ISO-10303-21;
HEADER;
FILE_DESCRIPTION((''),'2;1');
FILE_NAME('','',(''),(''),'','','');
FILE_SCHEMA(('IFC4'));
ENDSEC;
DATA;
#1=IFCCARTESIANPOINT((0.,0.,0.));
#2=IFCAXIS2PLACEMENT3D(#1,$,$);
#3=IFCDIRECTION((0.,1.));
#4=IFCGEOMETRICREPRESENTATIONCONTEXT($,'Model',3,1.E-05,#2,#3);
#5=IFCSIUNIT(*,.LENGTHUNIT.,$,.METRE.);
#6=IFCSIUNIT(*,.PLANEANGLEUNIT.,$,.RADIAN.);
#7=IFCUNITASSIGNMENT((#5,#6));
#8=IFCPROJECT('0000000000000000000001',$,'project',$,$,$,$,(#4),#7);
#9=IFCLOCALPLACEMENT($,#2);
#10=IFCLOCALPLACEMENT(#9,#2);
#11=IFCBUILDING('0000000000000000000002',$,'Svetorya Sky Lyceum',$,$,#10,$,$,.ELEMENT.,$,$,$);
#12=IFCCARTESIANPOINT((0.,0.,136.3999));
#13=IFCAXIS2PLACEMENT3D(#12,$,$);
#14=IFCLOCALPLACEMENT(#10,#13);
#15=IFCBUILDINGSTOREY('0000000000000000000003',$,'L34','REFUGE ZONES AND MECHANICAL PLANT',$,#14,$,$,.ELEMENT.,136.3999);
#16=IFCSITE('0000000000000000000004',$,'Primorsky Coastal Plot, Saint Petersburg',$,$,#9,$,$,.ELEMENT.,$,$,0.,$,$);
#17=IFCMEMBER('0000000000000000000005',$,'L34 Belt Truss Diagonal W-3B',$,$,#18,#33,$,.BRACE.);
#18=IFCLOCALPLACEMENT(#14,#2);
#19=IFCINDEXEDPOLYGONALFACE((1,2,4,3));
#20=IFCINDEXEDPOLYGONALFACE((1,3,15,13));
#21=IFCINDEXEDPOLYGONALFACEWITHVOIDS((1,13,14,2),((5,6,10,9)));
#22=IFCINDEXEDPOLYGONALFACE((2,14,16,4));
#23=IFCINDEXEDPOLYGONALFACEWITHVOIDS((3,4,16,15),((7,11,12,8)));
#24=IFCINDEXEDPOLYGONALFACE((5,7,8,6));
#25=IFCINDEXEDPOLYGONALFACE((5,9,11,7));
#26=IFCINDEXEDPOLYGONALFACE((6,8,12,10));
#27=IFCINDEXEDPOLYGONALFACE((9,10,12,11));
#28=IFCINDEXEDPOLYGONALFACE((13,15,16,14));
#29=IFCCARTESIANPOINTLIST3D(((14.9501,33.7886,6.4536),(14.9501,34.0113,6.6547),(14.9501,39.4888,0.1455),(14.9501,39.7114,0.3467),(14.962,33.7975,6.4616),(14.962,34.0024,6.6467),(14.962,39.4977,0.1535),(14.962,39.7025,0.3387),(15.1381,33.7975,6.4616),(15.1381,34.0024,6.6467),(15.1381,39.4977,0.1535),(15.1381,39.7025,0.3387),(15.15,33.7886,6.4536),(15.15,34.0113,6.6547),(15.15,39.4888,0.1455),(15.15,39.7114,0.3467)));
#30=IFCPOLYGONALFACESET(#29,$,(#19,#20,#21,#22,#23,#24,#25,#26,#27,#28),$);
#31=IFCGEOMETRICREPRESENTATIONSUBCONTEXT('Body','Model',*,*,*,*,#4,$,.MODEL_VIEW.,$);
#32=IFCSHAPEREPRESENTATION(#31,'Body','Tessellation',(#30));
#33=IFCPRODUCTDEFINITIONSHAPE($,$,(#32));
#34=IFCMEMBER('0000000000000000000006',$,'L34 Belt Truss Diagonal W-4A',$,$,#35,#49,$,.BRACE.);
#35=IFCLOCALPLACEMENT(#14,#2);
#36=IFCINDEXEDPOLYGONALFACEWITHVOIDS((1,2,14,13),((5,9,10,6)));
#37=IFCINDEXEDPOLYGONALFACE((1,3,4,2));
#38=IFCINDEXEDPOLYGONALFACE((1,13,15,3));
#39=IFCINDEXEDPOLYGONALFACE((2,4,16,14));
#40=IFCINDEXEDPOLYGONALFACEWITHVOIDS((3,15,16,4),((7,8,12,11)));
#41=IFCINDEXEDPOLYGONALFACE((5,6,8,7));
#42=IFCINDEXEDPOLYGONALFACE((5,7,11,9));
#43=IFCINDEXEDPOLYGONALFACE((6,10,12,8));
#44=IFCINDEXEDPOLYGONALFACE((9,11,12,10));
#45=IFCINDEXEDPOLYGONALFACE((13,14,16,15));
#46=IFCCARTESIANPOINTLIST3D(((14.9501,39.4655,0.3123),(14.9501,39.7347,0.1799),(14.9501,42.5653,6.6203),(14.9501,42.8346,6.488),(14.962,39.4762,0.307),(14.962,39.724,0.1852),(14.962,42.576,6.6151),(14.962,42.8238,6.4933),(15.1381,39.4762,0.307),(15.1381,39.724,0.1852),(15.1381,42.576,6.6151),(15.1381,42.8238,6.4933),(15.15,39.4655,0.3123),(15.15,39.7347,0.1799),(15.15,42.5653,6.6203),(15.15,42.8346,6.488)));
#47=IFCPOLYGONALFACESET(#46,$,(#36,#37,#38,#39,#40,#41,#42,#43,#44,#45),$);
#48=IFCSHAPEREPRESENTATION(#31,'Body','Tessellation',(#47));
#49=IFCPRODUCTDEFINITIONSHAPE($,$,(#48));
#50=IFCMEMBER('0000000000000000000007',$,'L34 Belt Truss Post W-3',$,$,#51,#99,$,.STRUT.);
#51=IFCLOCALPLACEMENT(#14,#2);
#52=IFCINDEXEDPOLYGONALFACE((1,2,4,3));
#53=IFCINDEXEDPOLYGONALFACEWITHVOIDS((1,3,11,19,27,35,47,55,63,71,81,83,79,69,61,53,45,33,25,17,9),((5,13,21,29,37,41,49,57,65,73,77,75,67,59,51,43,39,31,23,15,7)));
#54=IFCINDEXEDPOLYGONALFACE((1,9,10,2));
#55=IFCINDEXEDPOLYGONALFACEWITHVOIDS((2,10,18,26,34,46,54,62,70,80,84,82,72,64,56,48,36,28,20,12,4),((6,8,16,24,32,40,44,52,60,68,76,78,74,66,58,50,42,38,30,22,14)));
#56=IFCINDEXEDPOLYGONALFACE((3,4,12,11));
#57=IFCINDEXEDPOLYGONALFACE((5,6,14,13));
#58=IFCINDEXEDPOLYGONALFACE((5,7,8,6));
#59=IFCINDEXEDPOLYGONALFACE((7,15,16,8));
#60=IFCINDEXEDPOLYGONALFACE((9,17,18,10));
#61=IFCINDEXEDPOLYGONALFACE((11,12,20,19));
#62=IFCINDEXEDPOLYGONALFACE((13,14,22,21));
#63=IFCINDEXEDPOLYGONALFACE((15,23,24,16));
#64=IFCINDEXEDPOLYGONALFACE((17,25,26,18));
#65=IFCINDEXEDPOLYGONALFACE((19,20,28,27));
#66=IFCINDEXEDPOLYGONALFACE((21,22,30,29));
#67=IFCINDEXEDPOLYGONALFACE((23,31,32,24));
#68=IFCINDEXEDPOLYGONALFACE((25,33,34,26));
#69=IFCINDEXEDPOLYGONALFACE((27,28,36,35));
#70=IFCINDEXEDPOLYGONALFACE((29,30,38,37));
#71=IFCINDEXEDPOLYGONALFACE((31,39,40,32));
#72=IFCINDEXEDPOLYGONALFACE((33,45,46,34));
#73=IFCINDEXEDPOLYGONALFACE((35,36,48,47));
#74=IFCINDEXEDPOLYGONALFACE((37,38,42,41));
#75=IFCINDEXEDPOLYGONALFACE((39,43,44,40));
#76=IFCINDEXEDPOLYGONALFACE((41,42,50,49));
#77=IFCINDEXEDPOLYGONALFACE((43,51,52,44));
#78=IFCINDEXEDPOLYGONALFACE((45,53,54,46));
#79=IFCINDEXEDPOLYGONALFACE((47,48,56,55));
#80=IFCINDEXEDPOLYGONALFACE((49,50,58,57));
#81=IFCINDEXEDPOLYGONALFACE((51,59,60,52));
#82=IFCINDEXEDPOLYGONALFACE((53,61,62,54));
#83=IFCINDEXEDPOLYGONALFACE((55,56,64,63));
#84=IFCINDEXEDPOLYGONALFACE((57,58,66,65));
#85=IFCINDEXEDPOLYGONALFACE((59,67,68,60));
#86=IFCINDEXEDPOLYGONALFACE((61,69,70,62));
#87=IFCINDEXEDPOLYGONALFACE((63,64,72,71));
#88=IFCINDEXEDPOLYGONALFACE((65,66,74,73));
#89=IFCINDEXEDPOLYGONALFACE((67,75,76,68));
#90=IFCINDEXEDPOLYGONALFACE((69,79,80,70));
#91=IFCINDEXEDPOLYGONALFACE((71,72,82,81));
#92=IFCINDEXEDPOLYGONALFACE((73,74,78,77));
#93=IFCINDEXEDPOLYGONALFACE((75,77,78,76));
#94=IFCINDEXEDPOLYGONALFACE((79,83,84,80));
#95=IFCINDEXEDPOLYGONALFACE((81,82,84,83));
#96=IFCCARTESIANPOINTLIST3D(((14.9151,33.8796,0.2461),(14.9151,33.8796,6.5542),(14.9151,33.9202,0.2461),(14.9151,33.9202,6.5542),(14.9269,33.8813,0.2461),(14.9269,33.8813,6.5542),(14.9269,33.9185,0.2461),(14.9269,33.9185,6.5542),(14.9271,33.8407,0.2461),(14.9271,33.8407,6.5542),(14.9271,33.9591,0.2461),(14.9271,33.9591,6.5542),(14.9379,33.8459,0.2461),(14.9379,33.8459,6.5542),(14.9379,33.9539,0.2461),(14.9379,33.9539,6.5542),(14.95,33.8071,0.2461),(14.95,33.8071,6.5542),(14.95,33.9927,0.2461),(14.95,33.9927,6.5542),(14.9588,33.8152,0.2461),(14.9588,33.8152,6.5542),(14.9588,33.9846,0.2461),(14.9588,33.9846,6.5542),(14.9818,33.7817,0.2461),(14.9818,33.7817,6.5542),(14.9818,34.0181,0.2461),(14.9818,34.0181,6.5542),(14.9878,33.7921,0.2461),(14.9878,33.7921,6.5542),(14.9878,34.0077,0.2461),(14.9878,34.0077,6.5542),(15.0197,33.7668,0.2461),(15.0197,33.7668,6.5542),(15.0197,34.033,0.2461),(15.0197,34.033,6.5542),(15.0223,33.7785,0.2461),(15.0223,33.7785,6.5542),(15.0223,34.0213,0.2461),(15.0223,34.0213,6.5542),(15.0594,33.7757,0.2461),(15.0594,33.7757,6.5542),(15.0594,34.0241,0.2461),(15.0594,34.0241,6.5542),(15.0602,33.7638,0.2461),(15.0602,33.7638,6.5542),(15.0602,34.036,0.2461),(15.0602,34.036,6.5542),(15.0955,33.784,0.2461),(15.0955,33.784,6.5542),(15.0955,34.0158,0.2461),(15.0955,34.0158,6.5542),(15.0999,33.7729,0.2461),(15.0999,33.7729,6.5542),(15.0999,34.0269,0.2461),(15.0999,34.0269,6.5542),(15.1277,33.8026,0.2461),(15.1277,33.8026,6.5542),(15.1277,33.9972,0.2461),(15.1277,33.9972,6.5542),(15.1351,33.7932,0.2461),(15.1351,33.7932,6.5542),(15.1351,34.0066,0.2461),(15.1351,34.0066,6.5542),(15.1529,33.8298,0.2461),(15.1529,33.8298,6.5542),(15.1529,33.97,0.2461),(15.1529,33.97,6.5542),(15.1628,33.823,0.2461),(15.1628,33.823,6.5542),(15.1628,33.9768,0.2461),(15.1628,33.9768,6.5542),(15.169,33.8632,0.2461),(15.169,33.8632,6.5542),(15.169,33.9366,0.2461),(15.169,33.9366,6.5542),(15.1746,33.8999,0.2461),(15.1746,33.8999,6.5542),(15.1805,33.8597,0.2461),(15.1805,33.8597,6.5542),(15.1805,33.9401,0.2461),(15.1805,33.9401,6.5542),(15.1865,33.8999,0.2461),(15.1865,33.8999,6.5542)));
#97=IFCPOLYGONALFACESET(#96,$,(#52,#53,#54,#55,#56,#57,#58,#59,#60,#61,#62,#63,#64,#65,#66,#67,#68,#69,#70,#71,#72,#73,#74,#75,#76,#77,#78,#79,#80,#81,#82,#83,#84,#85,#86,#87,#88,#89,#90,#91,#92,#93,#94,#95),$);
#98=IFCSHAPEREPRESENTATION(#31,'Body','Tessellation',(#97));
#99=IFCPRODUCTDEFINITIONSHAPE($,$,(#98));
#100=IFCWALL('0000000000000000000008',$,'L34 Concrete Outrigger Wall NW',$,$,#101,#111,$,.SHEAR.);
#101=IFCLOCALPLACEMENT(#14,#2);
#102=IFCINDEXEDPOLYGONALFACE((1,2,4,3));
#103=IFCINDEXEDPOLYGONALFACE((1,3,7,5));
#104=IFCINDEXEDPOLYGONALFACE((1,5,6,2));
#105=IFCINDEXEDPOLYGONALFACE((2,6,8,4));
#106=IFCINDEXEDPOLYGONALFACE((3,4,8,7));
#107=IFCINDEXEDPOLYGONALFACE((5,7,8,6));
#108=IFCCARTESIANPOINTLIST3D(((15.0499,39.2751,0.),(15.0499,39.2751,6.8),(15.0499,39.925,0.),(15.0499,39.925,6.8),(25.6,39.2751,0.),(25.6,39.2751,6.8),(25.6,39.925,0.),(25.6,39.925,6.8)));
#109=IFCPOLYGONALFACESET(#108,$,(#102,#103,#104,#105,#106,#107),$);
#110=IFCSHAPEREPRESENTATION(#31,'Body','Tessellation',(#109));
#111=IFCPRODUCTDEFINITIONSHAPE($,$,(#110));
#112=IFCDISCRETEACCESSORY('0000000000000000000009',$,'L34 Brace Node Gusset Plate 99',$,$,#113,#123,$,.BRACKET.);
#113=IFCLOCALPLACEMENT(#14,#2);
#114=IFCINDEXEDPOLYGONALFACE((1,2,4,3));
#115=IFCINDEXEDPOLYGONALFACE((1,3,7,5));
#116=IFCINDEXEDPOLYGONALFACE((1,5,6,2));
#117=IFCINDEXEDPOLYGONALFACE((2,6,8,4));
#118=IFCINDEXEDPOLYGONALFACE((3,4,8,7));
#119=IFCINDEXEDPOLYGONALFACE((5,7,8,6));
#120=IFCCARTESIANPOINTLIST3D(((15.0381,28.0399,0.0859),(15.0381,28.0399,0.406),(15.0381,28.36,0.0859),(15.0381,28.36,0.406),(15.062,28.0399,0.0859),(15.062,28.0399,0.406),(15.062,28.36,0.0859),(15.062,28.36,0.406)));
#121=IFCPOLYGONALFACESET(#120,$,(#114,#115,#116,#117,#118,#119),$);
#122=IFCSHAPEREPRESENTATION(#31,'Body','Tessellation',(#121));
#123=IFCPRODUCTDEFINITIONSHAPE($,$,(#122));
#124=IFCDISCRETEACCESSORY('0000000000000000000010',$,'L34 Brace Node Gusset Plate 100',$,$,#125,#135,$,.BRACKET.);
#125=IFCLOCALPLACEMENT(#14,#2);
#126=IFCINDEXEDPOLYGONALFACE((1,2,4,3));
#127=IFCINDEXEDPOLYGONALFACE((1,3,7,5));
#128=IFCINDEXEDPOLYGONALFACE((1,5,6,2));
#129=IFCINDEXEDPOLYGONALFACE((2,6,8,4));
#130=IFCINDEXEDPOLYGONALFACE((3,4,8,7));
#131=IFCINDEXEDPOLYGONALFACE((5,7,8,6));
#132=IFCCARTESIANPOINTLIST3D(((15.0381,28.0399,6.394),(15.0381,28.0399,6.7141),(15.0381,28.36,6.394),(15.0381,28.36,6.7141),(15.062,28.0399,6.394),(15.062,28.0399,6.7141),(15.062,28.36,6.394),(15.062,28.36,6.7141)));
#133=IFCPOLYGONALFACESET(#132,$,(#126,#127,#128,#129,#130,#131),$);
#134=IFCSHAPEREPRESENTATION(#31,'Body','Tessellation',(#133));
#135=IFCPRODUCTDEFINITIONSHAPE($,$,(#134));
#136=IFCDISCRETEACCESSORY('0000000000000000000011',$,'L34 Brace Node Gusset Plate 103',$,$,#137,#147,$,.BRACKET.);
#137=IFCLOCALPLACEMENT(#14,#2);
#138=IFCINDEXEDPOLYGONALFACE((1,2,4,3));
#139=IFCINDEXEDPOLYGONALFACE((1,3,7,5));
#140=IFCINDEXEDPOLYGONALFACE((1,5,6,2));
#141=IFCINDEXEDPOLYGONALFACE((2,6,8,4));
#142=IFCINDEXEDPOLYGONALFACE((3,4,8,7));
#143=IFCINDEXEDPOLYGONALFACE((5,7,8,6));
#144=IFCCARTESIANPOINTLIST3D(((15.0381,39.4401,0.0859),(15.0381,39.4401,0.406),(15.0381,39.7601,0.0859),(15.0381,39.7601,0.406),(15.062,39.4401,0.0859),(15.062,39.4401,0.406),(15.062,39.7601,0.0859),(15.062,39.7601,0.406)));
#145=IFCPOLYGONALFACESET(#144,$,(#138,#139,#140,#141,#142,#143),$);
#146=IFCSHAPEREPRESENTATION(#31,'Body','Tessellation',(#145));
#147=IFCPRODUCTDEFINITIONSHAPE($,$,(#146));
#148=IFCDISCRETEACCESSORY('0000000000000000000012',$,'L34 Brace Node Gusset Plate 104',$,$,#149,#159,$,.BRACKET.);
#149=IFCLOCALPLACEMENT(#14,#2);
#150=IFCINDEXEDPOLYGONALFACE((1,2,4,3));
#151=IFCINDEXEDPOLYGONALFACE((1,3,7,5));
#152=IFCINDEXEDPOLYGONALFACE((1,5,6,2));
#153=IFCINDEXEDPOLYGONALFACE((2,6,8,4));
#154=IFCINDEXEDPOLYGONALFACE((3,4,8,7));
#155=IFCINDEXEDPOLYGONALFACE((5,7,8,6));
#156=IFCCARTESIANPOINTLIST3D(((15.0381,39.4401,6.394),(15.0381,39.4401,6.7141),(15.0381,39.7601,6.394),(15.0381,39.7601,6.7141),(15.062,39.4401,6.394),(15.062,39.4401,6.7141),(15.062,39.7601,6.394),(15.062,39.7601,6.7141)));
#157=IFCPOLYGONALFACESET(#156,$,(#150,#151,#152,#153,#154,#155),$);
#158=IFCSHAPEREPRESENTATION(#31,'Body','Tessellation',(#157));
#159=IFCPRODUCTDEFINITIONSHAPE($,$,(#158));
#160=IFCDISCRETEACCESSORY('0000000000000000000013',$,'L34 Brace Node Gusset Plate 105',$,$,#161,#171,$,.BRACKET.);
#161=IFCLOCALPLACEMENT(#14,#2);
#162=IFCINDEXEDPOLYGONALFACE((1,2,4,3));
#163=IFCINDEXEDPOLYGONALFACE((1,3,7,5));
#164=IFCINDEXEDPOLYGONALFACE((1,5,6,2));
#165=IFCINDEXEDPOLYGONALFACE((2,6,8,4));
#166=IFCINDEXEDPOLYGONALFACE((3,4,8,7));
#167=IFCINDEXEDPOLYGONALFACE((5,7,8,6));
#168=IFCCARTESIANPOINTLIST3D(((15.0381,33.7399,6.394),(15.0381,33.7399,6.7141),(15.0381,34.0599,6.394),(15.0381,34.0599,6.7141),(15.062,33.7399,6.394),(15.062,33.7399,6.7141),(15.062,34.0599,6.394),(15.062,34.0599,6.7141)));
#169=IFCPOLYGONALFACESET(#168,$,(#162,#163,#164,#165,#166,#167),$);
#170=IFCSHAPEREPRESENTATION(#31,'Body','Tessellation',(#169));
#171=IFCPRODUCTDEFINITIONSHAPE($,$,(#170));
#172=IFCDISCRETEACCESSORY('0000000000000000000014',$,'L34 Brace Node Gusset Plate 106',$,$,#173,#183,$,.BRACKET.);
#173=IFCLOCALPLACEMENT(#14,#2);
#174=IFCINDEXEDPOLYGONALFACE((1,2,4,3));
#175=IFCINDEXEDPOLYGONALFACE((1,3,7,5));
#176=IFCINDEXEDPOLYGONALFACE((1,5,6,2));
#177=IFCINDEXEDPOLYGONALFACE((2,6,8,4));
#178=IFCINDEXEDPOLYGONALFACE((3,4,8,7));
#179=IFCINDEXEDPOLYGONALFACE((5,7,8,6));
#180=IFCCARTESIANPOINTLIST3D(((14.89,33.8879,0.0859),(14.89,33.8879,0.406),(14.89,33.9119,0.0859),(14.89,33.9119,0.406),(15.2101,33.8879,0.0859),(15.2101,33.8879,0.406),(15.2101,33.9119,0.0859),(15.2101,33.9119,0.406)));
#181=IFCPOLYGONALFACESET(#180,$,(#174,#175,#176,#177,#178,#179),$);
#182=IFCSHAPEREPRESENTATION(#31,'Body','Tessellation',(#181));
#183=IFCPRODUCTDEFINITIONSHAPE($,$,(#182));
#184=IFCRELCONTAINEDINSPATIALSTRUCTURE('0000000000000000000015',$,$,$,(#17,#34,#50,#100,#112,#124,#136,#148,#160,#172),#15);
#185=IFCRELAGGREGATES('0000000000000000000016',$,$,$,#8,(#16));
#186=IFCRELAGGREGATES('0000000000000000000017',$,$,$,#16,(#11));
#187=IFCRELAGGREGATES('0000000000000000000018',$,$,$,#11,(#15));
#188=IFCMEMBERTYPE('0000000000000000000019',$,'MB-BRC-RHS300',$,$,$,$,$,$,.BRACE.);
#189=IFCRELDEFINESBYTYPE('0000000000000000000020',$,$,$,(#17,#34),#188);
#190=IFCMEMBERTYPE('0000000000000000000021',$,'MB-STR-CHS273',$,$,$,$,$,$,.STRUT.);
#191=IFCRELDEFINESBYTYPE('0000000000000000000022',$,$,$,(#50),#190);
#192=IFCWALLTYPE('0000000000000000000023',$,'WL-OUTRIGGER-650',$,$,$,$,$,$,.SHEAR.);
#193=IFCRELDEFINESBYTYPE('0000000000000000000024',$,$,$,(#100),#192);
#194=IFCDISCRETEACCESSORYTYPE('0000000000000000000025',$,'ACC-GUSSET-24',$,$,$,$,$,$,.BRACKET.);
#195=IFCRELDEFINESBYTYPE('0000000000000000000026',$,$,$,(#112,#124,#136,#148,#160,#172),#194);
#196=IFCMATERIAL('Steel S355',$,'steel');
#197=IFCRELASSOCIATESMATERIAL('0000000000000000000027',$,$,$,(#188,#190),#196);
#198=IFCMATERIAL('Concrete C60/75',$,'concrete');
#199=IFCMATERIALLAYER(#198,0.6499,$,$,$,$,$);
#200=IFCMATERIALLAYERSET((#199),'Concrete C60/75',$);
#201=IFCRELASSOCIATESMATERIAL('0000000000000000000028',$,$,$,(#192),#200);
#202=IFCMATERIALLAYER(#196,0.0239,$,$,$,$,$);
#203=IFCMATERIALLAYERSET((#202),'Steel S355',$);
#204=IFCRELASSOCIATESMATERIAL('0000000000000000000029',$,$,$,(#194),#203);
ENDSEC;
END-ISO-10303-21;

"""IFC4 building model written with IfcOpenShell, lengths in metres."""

from ifc_helpers import new_model, si_unit, direction, frame, frame_2d, origin, origin_2d, place, context, subcontext, project, spatial, rectangle, hollow_rectangle, hollow_circle, extrude, material, layer, layer_set, material_profile, profile_set, type_object, element, save


model = new_model("IFC4")

# Units and contexts
model_context = context("Model", 3, precision=1e-05, world=origin(), true_north=direction((0.0, 1.0)))
body_context = subcontext(model_context, "Body", "Model", "MODEL_VIEW")
ifc_project = project(units=[si_unit("LENGTHUNIT", "METRE"), si_unit("PLANEANGLEUNIT", "RADIAN")], contexts=[model_context])

# Site, building, storey
site_placement = place(None, origin())
site = spatial("IfcSite", under=ifc_project, at=site_placement, Name="Primorsky Coastal Plot, Saint Petersburg", CompositionType="ELEMENT", RefElevation=0.0)
building_placement = place(site_placement, origin())
building = spatial("IfcBuilding", under=site, at=building_placement, Name="Svetorya Sky Lyceum", CompositionType="ELEMENT")
storey_placement = place(building_placement, frame((0.0, 0.0, 136.3999)))
storey = spatial("IfcBuildingStorey", under=building, at=storey_placement, Name="L34", Description="REFUGE ZONES AND MECHANICAL PLANT", CompositionType="ELEMENT", Elevation=136.3999)

# Shared definitions
ifc_material_1 = material(Name="Steel S355", Category="steel")
ifc_material_2 = material(Name="Concrete C60/75", Category="concrete")

# Members
ifc_material_profile_1 = material_profile(ifc_material_1, hollow_rectangle(XDim=0.2, YDim=0.3, WallThickness=0.012, at=origin_2d()), Name="RHS 300x200x12")
ifc_profile_set_1 = profile_set([ifc_material_profile_1], Name="Steel S355")
member_type_1 = type_object("IfcMemberType", Name="MB-BRC-RHS300", PredefinedType="BRACE", material=ifc_profile_set_1)
for number, where, z_axis, x_axis, name in (
    (1, (15.05, 39.6001, 0.2461), (0.0, -0.670452, 0.741953), (1.0, 0.0, 0.0), "L34 Belt Truss Diagonal W-3B"),
):
    element("IfcMember", number, at=place(storey_placement, frame(where, z_axis=z_axis, x_axis=x_axis)), inside=storey, type_object=member_type_1, Name=name, PredefinedType="BRACE", context=body_context, shape_type="SweptSolid", body=[
        extrude(hollow_rectangle(XDim=0.2, YDim=0.3, WallThickness=0.012, at=origin_2d()), origin(), (0.0, 0.0, 1.0), 8.502),
    ])
member_1_placement = place(storey_placement, frame((15.05, 39.6001, 0.2461), z_axis=(0.0, 0.441034, 0.89749), x_axis=(-1.0, 0.0, 0.0)))
element("IfcMember", 2, at=member_1_placement, inside=storey, type_object=member_type_1, Name="L34 Belt Truss Diagonal W-4A", PredefinedType="BRACE", context=body_context, shape_type="SweptSolid", body=[
    extrude(hollow_rectangle(XDim=0.2, YDim=0.3, WallThickness=0.012, at=origin_2d()), origin(), (0.0, 0.0, 1.0), 7.0286),
])
ifc_material_profile_2 = material_profile(ifc_material_1, hollow_circle(Radius=0.1365, WallThickness=0.012, at=origin_2d()), Name="CHS 273x12")
ifc_profile_set_2 = profile_set([ifc_material_profile_2], Name="Steel S355")
member_type_2 = type_object("IfcMemberType", Name="MB-STR-CHS273", PredefinedType="STRUT", material=ifc_profile_set_2)
member_2_placement = place(storey_placement, frame((15.05, 33.8999, 0.2461), z_axis=(0.0, 0.0, 1.0), x_axis=(1.0, 0.0, 0.0)))
element("IfcMember", 3, at=member_2_placement, inside=storey, type_object=member_type_2, Name="L34 Belt Truss Post W-3", PredefinedType="STRUT", context=body_context, shape_type="SweptSolid", body=[
    extrude(hollow_circle(Radius=0.1365, WallThickness=0.012, at=origin_2d()), origin(), (0.0, 0.0, 1.0), 6.3081),
])

# Wall
ifc_layer_1 = layer(ifc_material_2, 0.6499)
ifc_layer_set_1 = layer_set([ifc_layer_1], Name="Concrete C60/75")
wall_type = type_object("IfcWallType", Name="WL-OUTRIGGER-650", PredefinedType="SHEAR", material=ifc_layer_set_1)
wall_placement = place(storey_placement, frame((15.05, 39.6001, 0.0), z_axis=(0.0, 0.0, 1.0), x_axis=(1.0, 0.0, 0.0)))
element("IfcWall", 4, at=wall_placement, inside=storey, type_object=wall_type, Name="L34 Concrete Outrigger Wall NW", PredefinedType="SHEAR", context=body_context, shape_type="SweptSolid", body=[
    extrude(rectangle(XDim=10.55, YDim=0.6499, at=frame_2d((5.2749, 0.0))), origin(), (0.0, 0.0, 1.0), 6.8),
])

# Discrete accessories
ifc_layer_2 = layer(ifc_material_1, 0.0239)
ifc_layer_set_2 = layer_set([ifc_layer_2], Name="Steel S355")
discrete_accessory_type = type_object("IfcDiscreteAccessoryType", Name="ACC-GUSSET-24", PredefinedType="BRACKET", material=ifc_layer_set_2)
for number, where, z_axis, x_axis, name in (
    (5, (15.05, 28.2, 0.0859), (0.0, 0.0, 1.0), (1.0, 0.0, 0.0), "L34 Brace Node Gusset Plate 99"),
    (6, (15.05, 28.2, 6.394), (0.0, 0.0, 1.0), (1.0, 0.0, 0.0), "L34 Brace Node Gusset Plate 100"),
    (7, (15.05, 39.6001, 0.0859), (0.0, 0.0, 1.0), (1.0, 0.0, 0.0), "L34 Brace Node Gusset Plate 103"),
    (8, (15.05, 39.6001, 6.394), (0.0, 0.0, 1.0), (1.0, 0.0, 0.0), "L34 Brace Node Gusset Plate 104"),
    (9, (15.05, 33.8999, 6.394), (0.0, 0.0, 1.0), (1.0, 0.0, 0.0), "L34 Brace Node Gusset Plate 105"),
):
    element("IfcDiscreteAccessory", number, at=place(storey_placement, frame(where, z_axis=z_axis, x_axis=x_axis)), inside=storey, type_object=discrete_accessory_type, Name=name, PredefinedType="BRACKET", context=body_context, shape_type="SweptSolid", body=[
        extrude(rectangle(XDim=0.0239, YDim=0.3201, at=origin_2d()), origin(), (0.0, 0.0, 1.0), 0.3201),
    ])
discrete_accessory_placement = place(storey_placement, frame((15.05, 33.8999, 0.0859), z_axis=(0.0, 0.0, 1.0), x_axis=(1.0, 0.0, 0.0)))
element("IfcDiscreteAccessory", 10, at=discrete_accessory_placement, inside=storey, type_object=discrete_accessory_type, Name="L34 Brace Node Gusset Plate 106", PredefinedType="BRACKET", context=body_context, shape_type="SweptSolid", body=[
    extrude(rectangle(XDim=0.3201, YDim=0.0239, at=origin_2d()), origin(), (0.0, 0.0, 1.0), 0.3201),
])

save(model, "model.ifc")
